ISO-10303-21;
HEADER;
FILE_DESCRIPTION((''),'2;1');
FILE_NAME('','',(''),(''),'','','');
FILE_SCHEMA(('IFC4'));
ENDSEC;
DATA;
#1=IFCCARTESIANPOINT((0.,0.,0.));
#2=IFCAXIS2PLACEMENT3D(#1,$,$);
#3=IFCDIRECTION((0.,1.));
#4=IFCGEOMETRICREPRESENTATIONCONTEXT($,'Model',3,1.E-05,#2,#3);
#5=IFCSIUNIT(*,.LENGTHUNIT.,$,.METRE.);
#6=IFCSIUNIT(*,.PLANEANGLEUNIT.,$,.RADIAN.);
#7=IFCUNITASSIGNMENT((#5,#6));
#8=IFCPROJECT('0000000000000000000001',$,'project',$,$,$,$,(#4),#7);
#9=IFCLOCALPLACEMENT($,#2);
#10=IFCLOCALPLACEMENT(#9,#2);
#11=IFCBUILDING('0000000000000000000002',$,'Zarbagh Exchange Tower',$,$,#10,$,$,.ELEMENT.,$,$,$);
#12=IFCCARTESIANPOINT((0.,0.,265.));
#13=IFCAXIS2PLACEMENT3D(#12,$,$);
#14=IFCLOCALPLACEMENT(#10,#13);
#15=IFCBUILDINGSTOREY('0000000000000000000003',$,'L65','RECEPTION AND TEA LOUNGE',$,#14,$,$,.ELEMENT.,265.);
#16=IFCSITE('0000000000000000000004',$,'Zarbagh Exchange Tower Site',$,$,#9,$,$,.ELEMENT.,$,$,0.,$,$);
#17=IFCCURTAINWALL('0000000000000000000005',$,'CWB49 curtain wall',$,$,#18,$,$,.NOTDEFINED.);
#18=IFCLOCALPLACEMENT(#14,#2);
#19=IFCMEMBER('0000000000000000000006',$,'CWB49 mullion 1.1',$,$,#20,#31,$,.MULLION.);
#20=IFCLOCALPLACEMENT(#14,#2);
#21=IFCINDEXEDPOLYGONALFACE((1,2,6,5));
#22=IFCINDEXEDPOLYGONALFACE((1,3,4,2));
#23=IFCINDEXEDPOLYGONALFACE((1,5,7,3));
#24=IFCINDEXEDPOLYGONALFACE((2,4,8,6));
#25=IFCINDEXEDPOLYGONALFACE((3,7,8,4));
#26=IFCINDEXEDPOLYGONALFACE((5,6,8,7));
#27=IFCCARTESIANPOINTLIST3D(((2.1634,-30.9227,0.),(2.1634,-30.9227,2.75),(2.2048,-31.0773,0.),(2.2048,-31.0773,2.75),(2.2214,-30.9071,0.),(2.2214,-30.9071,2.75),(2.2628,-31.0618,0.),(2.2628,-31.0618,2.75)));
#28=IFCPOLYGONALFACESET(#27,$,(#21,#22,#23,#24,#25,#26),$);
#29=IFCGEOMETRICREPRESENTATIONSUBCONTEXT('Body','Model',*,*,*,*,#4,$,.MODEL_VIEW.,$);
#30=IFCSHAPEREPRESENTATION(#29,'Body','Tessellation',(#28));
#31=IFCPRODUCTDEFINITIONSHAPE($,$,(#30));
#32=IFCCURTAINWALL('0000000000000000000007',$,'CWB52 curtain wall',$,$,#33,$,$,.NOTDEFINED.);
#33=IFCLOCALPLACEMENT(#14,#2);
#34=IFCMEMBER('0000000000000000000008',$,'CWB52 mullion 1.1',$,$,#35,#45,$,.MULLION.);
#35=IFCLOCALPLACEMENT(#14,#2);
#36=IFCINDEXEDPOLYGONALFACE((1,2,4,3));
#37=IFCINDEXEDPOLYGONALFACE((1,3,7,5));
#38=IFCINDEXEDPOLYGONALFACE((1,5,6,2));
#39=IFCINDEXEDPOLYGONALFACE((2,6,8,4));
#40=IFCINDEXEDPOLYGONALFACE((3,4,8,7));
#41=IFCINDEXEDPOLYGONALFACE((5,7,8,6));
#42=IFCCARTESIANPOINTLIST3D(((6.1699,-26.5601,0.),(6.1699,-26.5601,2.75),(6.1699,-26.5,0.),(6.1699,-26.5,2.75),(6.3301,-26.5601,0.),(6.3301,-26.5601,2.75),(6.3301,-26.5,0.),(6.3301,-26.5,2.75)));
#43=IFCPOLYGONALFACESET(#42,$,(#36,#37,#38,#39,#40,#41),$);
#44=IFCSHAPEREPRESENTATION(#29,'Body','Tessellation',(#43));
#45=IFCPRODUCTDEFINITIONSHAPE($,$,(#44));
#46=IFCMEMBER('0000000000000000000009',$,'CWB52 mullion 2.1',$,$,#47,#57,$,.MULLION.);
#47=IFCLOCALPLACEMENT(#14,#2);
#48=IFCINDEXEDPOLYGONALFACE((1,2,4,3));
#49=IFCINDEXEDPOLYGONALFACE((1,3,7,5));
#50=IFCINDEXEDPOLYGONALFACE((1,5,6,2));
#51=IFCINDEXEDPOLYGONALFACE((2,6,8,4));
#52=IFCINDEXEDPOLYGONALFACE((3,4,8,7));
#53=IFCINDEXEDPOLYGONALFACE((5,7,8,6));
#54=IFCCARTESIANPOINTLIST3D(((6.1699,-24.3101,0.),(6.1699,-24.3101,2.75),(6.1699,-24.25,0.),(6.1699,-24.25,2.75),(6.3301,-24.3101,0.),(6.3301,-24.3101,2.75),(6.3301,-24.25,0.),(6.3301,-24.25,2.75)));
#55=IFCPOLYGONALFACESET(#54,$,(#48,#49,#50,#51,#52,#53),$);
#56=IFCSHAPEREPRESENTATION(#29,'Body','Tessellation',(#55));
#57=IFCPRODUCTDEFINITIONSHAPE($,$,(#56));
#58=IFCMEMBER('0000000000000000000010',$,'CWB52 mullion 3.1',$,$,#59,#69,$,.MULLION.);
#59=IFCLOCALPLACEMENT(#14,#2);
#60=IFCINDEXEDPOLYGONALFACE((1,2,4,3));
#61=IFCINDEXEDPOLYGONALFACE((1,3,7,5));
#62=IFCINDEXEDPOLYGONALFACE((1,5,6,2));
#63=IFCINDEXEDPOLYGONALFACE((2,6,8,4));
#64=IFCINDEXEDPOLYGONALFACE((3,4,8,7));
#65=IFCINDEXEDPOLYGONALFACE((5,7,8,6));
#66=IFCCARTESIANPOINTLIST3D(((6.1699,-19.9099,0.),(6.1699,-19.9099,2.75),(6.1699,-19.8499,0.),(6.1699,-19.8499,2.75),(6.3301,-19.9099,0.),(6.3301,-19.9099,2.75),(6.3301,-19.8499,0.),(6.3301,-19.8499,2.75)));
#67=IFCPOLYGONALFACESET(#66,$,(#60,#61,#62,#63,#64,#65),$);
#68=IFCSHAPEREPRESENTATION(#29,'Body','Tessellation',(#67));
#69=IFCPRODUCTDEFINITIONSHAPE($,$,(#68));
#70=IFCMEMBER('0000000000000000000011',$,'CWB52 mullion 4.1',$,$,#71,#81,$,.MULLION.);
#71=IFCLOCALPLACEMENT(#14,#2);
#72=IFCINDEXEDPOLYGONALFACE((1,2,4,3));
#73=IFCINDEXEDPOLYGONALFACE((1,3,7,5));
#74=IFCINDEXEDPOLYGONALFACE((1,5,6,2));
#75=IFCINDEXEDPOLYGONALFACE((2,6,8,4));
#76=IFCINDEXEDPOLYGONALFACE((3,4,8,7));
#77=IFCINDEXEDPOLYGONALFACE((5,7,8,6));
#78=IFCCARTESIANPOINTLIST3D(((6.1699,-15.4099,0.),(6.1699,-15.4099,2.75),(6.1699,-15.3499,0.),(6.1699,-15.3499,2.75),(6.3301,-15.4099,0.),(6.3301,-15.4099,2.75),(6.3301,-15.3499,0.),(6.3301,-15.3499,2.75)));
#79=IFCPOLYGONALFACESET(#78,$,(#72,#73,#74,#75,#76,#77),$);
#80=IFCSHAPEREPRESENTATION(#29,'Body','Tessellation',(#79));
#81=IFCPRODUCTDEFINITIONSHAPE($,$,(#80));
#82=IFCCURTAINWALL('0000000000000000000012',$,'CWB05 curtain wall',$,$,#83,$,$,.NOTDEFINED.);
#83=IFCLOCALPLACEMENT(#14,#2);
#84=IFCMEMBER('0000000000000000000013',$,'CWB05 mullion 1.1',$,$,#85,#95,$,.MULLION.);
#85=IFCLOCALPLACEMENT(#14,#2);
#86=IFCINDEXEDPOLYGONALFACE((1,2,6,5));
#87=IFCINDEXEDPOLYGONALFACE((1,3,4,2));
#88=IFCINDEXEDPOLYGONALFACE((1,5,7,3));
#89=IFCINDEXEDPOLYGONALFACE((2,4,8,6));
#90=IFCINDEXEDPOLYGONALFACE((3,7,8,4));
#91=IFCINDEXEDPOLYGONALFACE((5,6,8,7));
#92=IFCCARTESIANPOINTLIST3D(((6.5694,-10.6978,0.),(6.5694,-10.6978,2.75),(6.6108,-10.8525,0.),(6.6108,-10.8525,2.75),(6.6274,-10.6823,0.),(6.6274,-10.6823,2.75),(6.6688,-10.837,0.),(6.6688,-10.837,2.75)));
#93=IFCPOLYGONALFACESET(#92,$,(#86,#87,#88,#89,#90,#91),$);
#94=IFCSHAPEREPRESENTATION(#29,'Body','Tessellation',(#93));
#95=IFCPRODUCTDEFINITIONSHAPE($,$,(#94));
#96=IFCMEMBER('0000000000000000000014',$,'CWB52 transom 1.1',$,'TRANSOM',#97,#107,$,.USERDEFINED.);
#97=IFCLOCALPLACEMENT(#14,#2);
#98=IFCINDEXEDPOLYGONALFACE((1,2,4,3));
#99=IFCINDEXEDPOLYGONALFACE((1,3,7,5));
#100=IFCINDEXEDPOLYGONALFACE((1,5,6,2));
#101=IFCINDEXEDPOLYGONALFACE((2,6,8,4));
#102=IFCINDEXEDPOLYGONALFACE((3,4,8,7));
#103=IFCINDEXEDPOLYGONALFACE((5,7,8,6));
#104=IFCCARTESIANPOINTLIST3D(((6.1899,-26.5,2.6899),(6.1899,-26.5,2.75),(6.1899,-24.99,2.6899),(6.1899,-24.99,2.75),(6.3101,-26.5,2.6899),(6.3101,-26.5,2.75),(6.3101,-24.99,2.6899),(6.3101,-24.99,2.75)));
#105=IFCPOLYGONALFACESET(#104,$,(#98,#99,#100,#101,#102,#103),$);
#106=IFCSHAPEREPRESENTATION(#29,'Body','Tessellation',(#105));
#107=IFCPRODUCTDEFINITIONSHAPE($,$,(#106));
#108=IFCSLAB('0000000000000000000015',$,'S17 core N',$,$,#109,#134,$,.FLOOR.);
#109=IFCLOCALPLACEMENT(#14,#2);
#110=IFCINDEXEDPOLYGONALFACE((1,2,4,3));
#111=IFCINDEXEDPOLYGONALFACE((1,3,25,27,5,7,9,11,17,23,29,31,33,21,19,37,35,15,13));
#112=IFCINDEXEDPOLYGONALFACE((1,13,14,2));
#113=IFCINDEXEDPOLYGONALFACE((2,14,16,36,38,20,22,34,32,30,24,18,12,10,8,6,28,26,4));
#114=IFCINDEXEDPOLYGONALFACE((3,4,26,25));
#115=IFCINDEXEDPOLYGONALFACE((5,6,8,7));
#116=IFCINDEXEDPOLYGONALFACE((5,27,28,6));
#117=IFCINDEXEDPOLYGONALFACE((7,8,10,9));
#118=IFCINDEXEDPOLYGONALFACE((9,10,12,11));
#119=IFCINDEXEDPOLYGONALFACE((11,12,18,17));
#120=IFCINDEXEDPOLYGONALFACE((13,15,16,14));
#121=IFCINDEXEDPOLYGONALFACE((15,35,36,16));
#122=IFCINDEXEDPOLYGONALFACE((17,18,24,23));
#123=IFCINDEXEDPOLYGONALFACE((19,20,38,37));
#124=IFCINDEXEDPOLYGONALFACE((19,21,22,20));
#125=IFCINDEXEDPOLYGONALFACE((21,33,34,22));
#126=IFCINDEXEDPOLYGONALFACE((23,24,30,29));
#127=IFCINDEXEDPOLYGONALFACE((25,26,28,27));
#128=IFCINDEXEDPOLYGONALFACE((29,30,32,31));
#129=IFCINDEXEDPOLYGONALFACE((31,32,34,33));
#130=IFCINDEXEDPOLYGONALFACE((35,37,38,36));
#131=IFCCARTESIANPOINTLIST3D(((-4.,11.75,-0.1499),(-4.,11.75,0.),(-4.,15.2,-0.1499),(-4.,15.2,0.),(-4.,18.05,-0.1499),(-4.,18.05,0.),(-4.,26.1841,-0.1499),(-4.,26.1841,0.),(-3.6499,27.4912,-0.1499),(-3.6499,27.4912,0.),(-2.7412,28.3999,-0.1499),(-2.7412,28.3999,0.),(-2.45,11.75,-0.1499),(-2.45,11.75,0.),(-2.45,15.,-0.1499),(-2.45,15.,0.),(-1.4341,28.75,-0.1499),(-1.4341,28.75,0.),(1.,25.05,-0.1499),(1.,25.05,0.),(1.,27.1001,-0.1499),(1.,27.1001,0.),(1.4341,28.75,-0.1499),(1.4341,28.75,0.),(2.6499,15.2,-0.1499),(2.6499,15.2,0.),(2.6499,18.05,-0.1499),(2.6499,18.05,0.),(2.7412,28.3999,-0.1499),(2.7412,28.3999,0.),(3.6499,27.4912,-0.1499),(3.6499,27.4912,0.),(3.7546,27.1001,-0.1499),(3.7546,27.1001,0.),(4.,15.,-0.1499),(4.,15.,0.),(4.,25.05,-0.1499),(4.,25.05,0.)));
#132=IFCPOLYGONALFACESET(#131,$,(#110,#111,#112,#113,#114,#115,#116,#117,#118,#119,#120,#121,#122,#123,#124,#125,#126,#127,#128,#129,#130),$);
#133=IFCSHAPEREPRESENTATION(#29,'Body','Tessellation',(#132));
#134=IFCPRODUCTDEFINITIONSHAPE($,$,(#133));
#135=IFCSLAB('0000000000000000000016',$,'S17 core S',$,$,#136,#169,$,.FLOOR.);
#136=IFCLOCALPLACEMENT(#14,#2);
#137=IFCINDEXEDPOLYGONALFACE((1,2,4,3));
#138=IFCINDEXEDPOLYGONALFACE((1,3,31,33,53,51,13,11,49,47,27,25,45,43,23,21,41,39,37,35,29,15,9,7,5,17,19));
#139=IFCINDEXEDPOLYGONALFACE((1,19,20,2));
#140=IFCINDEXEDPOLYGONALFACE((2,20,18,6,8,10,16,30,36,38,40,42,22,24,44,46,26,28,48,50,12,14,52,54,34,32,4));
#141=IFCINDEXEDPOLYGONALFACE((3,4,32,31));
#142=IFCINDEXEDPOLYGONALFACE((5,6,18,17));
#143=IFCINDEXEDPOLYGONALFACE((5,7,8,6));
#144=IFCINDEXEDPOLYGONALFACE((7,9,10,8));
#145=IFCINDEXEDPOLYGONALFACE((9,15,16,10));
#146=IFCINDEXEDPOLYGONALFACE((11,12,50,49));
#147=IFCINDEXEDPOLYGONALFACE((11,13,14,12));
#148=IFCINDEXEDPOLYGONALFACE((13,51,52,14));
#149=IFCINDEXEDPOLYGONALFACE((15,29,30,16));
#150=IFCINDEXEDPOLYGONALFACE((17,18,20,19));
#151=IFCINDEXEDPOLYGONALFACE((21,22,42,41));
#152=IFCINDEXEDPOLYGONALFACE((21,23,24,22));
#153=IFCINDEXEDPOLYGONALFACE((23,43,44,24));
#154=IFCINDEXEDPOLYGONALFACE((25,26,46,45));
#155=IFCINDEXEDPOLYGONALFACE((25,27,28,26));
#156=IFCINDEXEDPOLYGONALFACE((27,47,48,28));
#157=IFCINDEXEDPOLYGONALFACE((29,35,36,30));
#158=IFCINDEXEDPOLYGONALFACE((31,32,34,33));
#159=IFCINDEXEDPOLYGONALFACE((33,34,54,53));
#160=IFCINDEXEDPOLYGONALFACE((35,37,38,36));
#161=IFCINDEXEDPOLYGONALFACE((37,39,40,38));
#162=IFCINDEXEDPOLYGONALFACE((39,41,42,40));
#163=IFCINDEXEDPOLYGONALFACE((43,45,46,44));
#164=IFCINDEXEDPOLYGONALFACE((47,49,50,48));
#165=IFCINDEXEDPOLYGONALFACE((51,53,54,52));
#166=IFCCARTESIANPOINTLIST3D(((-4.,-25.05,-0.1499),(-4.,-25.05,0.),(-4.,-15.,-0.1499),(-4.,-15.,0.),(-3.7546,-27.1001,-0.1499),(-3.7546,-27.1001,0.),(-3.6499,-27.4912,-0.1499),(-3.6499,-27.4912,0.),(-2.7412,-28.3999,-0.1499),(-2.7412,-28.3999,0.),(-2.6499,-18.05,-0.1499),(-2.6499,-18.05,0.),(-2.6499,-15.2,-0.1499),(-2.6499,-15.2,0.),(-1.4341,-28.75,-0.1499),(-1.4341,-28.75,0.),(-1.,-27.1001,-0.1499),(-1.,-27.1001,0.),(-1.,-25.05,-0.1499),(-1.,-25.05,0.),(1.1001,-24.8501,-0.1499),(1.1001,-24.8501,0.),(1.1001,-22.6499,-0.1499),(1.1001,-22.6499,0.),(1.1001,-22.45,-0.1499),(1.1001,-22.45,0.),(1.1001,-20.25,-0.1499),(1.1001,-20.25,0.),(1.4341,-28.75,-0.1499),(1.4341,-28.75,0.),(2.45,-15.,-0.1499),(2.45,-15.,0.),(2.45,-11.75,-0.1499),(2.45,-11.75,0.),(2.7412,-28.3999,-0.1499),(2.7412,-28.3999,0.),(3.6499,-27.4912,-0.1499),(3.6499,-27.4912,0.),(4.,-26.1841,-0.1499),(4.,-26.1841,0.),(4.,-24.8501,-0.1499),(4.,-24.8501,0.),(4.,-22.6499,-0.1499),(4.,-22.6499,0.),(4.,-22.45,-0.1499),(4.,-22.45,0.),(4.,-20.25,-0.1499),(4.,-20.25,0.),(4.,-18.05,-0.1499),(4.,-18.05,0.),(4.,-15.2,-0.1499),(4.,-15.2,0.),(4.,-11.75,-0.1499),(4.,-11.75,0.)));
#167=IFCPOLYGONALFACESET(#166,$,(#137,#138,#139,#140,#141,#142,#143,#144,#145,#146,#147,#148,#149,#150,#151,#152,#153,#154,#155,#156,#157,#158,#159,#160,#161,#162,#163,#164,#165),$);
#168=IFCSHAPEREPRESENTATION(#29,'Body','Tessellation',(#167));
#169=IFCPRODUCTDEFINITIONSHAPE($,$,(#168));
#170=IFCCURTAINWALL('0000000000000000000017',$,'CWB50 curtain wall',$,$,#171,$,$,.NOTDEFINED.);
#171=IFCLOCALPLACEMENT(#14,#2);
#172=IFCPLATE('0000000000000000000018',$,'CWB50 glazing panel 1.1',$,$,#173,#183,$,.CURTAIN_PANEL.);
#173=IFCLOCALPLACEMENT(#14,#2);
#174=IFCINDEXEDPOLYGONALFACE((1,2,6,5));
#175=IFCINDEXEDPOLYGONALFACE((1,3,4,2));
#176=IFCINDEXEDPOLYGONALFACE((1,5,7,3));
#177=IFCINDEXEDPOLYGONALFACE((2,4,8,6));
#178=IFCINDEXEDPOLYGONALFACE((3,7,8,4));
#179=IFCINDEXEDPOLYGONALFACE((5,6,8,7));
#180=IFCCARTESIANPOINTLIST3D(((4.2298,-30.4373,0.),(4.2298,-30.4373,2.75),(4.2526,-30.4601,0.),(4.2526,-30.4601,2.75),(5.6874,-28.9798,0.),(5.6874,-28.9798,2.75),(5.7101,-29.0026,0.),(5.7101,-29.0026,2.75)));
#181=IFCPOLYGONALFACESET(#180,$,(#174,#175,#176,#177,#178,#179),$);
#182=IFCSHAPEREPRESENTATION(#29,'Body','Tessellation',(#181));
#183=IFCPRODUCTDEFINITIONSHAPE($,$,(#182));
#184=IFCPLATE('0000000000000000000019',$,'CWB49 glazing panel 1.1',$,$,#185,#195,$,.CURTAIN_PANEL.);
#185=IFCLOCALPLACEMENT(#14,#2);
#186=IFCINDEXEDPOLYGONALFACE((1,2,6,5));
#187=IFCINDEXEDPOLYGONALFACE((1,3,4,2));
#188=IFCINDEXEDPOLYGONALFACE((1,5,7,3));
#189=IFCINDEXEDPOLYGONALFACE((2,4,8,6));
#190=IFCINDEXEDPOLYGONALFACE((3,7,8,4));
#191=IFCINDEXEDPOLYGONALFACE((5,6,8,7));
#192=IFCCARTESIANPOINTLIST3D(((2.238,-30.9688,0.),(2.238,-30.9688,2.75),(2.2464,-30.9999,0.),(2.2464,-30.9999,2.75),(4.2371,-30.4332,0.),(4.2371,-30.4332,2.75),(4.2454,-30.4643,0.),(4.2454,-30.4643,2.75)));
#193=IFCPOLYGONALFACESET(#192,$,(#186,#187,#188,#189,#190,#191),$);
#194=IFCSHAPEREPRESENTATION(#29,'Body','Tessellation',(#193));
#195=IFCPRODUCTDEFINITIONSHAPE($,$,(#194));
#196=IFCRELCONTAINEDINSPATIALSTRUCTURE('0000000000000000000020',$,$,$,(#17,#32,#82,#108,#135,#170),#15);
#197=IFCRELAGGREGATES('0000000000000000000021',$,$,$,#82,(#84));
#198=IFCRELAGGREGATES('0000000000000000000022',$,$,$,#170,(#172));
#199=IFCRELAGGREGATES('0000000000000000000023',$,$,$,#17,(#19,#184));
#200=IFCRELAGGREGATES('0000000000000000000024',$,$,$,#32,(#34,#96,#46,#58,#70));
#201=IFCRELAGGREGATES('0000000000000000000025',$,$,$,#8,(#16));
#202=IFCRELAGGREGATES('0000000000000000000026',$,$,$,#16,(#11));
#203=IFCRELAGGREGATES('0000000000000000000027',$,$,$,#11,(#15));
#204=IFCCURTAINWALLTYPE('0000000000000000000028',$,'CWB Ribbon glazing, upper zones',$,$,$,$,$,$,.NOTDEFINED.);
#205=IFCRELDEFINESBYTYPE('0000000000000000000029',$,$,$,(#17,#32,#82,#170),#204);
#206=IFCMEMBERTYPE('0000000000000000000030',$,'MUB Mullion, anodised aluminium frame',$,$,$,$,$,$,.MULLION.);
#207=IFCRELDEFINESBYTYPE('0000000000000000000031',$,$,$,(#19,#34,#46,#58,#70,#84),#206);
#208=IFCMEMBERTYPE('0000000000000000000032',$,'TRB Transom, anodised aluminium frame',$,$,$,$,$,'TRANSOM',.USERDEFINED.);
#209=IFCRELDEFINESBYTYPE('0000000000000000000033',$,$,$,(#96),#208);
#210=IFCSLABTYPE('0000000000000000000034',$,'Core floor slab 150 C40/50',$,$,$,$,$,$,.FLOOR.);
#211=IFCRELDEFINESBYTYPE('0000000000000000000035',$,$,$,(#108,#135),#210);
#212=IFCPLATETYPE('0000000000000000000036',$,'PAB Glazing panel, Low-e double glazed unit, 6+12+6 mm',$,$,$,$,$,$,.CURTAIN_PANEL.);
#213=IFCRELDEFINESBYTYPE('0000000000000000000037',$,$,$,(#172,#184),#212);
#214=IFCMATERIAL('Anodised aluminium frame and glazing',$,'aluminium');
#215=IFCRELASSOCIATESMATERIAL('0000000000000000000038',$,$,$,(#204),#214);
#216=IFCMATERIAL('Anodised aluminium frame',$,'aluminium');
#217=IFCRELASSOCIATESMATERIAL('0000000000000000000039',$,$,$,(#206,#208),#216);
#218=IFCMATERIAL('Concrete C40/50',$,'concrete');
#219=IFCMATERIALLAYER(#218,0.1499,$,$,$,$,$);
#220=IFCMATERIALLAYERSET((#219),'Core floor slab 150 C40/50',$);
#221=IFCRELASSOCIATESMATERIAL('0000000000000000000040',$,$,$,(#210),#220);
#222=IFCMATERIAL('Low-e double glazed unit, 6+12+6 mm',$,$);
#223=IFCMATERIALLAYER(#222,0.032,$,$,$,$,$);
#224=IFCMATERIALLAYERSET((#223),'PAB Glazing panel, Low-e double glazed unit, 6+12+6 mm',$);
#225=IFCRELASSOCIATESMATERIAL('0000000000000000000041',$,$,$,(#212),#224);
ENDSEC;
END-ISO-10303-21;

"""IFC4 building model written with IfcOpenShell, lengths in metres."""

from ifc_helpers import new_model, si_unit, direction, frame, origin, place, context, subcontext, project, spatial, polyline, outline, extrude, source, transform, mapped, material, layer, layer_set, type_object, element, aggregate, save


model = new_model("IFC4")

# Units and contexts
model_context = context("Model", 3, precision=1e-05, world=origin(), true_north=direction((0.0, 1.0)))
body_context = subcontext(model_context, "Body", "Model", "MODEL_VIEW")
ifc_project = project(units=[si_unit("LENGTHUNIT", "METRE"), si_unit("PLANEANGLEUNIT", "RADIAN")], contexts=[model_context])

# Site, building, storey
site_placement = place(None, origin())
site = spatial("IfcSite", under=ifc_project, at=site_placement, Name="Zarbagh Exchange Tower Site", CompositionType="ELEMENT", RefElevation=0.0)
building_placement = place(site_placement, origin())
building = spatial("IfcBuilding", under=site, at=building_placement, Name="Zarbagh Exchange Tower", CompositionType="ELEMENT")
storey_placement = place(building_placement, frame((0.0, 0.0, 265.0)))
storey = spatial("IfcBuildingStorey", under=building, at=storey_placement, Name="L65", Description="RECEPTION AND TEA LOUNGE", CompositionType="ELEMENT", Elevation=265.0)

# Curtain wall, member
ifc_material_1 = material(Name="Anodised aluminium frame and glazing", Category="aluminium")
curtain_wall_type = type_object("IfcCurtainWallType", Name="CWB Ribbon glazing, upper zones", PredefinedType="NOTDEFINED", material=ifc_material_1)
curtain_wall_1_placement = place(storey_placement, origin())
curtain_wall_1 = element("IfcCurtainWall", 1, at=curtain_wall_1_placement, inside=storey, type_object=curtain_wall_type, Name="CWB49 curtain wall", PredefinedType="NOTDEFINED")
ifc_material_2 = material(Name="Anodised aluminium frame", Category="aluminium")
member_type_1 = type_object("IfcMemberType", Name="MUB Mullion, anodised aluminium frame", PredefinedType="MULLION", material=ifc_material_2)
shared_shape_1 = source(origin(), body_context, "Body", "SweptSolid", [
    extrude(outline(polyline([(0.0, -0.0801), (0.0601, -0.0801), (0.0601, 0.0801), (0.0, 0.0801), (0.0, -0.0801)])), origin(), (0.0, 0.0, 1.0), 2.75),
])
placement = place(storey_placement, origin())
member_1 = element("IfcMember", 2, at=placement, type_object=member_type_1, Name="CWB49 mullion 1.1", PredefinedType="MULLION", context=body_context, shape_type="MappedRepresentation", body=[
    mapped(shared_shape_1, transform((2.1841, -31.0, 0.0), x_axis=(0.965924, 0.258825, 0.0), y_axis=(-0.258825, 0.965924, 0.0), z_axis=(0.0, 0.0, 1.0))),
])

# Curtain wall, members
curtain_wall_2_placement = place(storey_placement, origin())
curtain_wall_2 = element("IfcCurtainWall", 3, at=curtain_wall_2_placement, inside=storey, type_object=curtain_wall_type, Name="CWB52 curtain wall", PredefinedType="NOTDEFINED")
member_2 = element("IfcMember", 4, at=placement, type_object=member_type_1, Name="CWB52 mullion 1.1", PredefinedType="MULLION", context=body_context, shape_type="MappedRepresentation", body=[
    mapped(shared_shape_1, transform((6.25, -26.5601, 0.0), x_axis=(0.0, 1.0, 0.0), y_axis=(-1.0, 0.0, 0.0), z_axis=(0.0, 0.0, 1.0))),
])
member_3 = element("IfcMember", 5, at=placement, type_object=member_type_1, Name="CWB52 mullion 2.1", PredefinedType="MULLION", context=body_context, shape_type="MappedRepresentation", body=[
    mapped(shared_shape_1, transform((6.25, -24.3101, 0.0), x_axis=(0.0, 1.0, 0.0), y_axis=(-1.0, 0.0, 0.0), z_axis=(0.0, 0.0, 1.0))),
])
member_4 = element("IfcMember", 6, at=placement, type_object=member_type_1, Name="CWB52 mullion 3.1", PredefinedType="MULLION", context=body_context, shape_type="MappedRepresentation", body=[
    mapped(shared_shape_1, transform((6.25, -19.9099, 0.0), x_axis=(0.0, 1.0, 0.0), y_axis=(-1.0, 0.0, 0.0), z_axis=(0.0, 0.0, 1.0))),
])
member_5 = element("IfcMember", 7, at=placement, type_object=member_type_1, Name="CWB52 mullion 4.1", PredefinedType="MULLION", context=body_context, shape_type="MappedRepresentation", body=[
    mapped(shared_shape_1, transform((6.25, -15.4099, 0.0), x_axis=(0.0, 1.0, 0.0), y_axis=(-1.0, 0.0, 0.0), z_axis=(0.0, 0.0, 1.0))),
])

# Curtain wall, member
curtain_wall_3_placement = place(storey_placement, origin())
curtain_wall_3 = element("IfcCurtainWall", 8, at=curtain_wall_3_placement, inside=storey, type_object=curtain_wall_type, Name="CWB05 curtain wall", PredefinedType="NOTDEFINED")
member_6 = element("IfcMember", 9, at=placement, type_object=member_type_1, Name="CWB05 mullion 1.1", PredefinedType="MULLION", context=body_context, shape_type="MappedRepresentation", body=[
    mapped(shared_shape_1, transform((6.5901, -10.7751, 0.0), x_axis=(0.965924, 0.258825, 0.0), y_axis=(-0.258825, 0.965924, 0.0), z_axis=(0.0, 0.0, 1.0))),
])
aggregate(curtain_wall_3, [member_6])

# Member
member_type_2 = type_object("IfcMemberType", Name="TRB Transom, anodised aluminium frame", ElementType="TRANSOM", PredefinedType="USERDEFINED", material=ifc_material_2)
shared_shape_2 = source(origin(), body_context, "Body", "SweptSolid", [
    extrude(outline(polyline([(-0.0601, -0.0601), (0.0, -0.0601), (0.0, 0.0601), (-0.0601, 0.0601), (-0.0601, -0.0601)])), origin(), (0.0, 0.0, 1.0), 1.51),
])
member_7 = element("IfcMember", 10, at=placement, type_object=member_type_2, Name="CWB52 transom 1.1", ObjectType="TRANSOM", PredefinedType="USERDEFINED", context=body_context, shape_type="MappedRepresentation", body=[
    mapped(shared_shape_2, transform((6.25, -26.5, 2.75), x_axis=(0.0, 0.0, 1.0), y_axis=(1.0, 0.0, 0.0), z_axis=(0.0, 1.0, 0.0))),
])

# Slabs
ifc_material_3 = material(Name="Concrete C40/50", Category="concrete")
ifc_layer_1 = layer(ifc_material_3, 0.1499)
ifc_layer_set_1 = layer_set([ifc_layer_1], Name="Core floor slab 150 C40/50")
slab_type = type_object("IfcSlabType", Name="Core floor slab 150 C40/50", PredefinedType="FLOOR", material=ifc_layer_set_1)
slab_1_placement = place(storey_placement, frame((0.0, 0.0, -0.1499)))
element("IfcSlab", 11, at=slab_1_placement, inside=storey, type_object=slab_type, Name="S17 core N", PredefinedType="FLOOR", context=body_context, shape_type="SweptSolid", body=[
    extrude(outline(polyline([(-4.0, 11.75), (-4.0, 15.2), (2.6499, 15.2), (2.6499, 18.05), (-4.0, 18.05), (-4.0, 26.1841), (-3.6499, 27.4912), (-2.7412, 28.3999), (-1.4341, 28.75), (1.4341, 28.75), (2.7412, 28.3999), (3.6499, 27.4912), (3.8577, 26.7151), (3.7546, 27.1001), (1.0, 27.1001), (1.0, 25.05), (4.0, 25.05), (4.0, 15.0), (-2.45, 15.0), (-2.45, 11.75), (-4.0, 11.75)])), origin(), (0.0, 0.0, 1.0), 0.1499),
])
slab_2_placement = place(storey_placement, frame((0.0, 0.0, -0.1499)))
element("IfcSlab", 12, at=slab_2_placement, inside=storey, type_object=slab_type, Name="S17 core S", PredefinedType="FLOOR", context=body_context, shape_type="SweptSolid", body=[
    extrude(outline(polyline([(-2.7412, -28.3999), (-3.6499, -27.4912), (-3.8577, -26.7151), (-3.7546, -27.1001), (-1.0, -27.1001), (-1.0, -25.05), (-4.0, -25.05), (-4.0, -15.0), (2.45, -15.0), (2.45, -11.75), (4.0, -11.75), (4.0, -15.2), (-2.6499, -15.2), (-2.6499, -18.05), (4.0, -18.05), (4.0, -20.25), (1.1001, -20.25), (1.1001, -22.45), (4.0, -22.45), (4.0, -22.6499), (1.1001, -22.6499), (1.1001, -24.8501), (4.0, -24.8501), (4.0, -26.1841), (3.6499, -27.4912), (2.7412, -28.3999), (1.4341, -28.75), (-1.4341, -28.75), (-2.7412, -28.3999)])), origin(), (0.0, 0.0, 1.0), 0.1499),
])

# Curtain wall, plate
curtain_wall_4_placement = place(storey_placement, origin())
curtain_wall_4 = element("IfcCurtainWall", 13, at=curtain_wall_4_placement, inside=storey, type_object=curtain_wall_type, Name="CWB50 curtain wall", PredefinedType="NOTDEFINED")
ifc_material_4 = material(Name="Low-e double glazed unit, 6+12+6 mm")
ifc_layer_2 = layer(ifc_material_4, 0.032)
ifc_layer_set_2 = layer_set([ifc_layer_2], Name="PAB Glazing panel, Low-e double glazed unit, 6+12+6 mm")
plate_type = type_object("IfcPlateType", Name="PAB Glazing panel, Low-e double glazed unit, 6+12+6 mm", PredefinedType="CURTAIN_PANEL", material=ifc_layer_set_2)
shared_shape_3 = source(origin(), body_context, "Body", "SweptSolid", [
    extrude(outline(polyline([(0.0, -0.0161), (2.0613, -0.0161), (2.0613, 0.0161), (0.0, 0.0161), (0.0, -0.0161)])), origin(), (0.0, 0.0, 1.0), 2.75),
])
plate_1 = element("IfcPlate", 14, at=placement, type_object=plate_type, Name="CWB50 glazing panel 1.1", PredefinedType="CURTAIN_PANEL", context=body_context, shape_type="MappedRepresentation", body=[
    mapped(shared_shape_3, transform((4.2412, -30.4487, 0.0), x_axis=(0.707107, 0.707107, 0.0), y_axis=(-0.707107, 0.707107, 0.0), z_axis=(0.0, 0.0, 1.0))),
])
aggregate(curtain_wall_4, [plate_1])

# Plate
shared_shape_4 = source(origin(), body_context, "Body", "SweptSolid", [
    extrude(outline(polyline([(0.0, -0.0161), (2.0696, -0.0161), (2.0696, 0.0161), (0.0, 0.0161), (0.0, -0.0161)])), origin(), (0.0, 0.0, 1.0), 2.75),
])
plate_2 = element("IfcPlate", 15, at=placement, type_object=plate_type, Name="CWB49 glazing panel 1.1", PredefinedType="CURTAIN_PANEL", context=body_context, shape_type="MappedRepresentation", body=[
    mapped(shared_shape_4, transform((2.2422, -30.9844, 0.0), x_axis=(0.965924, 0.258825, 0.0), y_axis=(-0.258825, 0.965924, 0.0), z_axis=(0.0, 0.0, 1.0))),
])
aggregate(curtain_wall_1, [member_1, plate_2])

aggregate(curtain_wall_2, [member_2, member_7, member_3, member_4, member_5])

save(model, "model.ifc")
